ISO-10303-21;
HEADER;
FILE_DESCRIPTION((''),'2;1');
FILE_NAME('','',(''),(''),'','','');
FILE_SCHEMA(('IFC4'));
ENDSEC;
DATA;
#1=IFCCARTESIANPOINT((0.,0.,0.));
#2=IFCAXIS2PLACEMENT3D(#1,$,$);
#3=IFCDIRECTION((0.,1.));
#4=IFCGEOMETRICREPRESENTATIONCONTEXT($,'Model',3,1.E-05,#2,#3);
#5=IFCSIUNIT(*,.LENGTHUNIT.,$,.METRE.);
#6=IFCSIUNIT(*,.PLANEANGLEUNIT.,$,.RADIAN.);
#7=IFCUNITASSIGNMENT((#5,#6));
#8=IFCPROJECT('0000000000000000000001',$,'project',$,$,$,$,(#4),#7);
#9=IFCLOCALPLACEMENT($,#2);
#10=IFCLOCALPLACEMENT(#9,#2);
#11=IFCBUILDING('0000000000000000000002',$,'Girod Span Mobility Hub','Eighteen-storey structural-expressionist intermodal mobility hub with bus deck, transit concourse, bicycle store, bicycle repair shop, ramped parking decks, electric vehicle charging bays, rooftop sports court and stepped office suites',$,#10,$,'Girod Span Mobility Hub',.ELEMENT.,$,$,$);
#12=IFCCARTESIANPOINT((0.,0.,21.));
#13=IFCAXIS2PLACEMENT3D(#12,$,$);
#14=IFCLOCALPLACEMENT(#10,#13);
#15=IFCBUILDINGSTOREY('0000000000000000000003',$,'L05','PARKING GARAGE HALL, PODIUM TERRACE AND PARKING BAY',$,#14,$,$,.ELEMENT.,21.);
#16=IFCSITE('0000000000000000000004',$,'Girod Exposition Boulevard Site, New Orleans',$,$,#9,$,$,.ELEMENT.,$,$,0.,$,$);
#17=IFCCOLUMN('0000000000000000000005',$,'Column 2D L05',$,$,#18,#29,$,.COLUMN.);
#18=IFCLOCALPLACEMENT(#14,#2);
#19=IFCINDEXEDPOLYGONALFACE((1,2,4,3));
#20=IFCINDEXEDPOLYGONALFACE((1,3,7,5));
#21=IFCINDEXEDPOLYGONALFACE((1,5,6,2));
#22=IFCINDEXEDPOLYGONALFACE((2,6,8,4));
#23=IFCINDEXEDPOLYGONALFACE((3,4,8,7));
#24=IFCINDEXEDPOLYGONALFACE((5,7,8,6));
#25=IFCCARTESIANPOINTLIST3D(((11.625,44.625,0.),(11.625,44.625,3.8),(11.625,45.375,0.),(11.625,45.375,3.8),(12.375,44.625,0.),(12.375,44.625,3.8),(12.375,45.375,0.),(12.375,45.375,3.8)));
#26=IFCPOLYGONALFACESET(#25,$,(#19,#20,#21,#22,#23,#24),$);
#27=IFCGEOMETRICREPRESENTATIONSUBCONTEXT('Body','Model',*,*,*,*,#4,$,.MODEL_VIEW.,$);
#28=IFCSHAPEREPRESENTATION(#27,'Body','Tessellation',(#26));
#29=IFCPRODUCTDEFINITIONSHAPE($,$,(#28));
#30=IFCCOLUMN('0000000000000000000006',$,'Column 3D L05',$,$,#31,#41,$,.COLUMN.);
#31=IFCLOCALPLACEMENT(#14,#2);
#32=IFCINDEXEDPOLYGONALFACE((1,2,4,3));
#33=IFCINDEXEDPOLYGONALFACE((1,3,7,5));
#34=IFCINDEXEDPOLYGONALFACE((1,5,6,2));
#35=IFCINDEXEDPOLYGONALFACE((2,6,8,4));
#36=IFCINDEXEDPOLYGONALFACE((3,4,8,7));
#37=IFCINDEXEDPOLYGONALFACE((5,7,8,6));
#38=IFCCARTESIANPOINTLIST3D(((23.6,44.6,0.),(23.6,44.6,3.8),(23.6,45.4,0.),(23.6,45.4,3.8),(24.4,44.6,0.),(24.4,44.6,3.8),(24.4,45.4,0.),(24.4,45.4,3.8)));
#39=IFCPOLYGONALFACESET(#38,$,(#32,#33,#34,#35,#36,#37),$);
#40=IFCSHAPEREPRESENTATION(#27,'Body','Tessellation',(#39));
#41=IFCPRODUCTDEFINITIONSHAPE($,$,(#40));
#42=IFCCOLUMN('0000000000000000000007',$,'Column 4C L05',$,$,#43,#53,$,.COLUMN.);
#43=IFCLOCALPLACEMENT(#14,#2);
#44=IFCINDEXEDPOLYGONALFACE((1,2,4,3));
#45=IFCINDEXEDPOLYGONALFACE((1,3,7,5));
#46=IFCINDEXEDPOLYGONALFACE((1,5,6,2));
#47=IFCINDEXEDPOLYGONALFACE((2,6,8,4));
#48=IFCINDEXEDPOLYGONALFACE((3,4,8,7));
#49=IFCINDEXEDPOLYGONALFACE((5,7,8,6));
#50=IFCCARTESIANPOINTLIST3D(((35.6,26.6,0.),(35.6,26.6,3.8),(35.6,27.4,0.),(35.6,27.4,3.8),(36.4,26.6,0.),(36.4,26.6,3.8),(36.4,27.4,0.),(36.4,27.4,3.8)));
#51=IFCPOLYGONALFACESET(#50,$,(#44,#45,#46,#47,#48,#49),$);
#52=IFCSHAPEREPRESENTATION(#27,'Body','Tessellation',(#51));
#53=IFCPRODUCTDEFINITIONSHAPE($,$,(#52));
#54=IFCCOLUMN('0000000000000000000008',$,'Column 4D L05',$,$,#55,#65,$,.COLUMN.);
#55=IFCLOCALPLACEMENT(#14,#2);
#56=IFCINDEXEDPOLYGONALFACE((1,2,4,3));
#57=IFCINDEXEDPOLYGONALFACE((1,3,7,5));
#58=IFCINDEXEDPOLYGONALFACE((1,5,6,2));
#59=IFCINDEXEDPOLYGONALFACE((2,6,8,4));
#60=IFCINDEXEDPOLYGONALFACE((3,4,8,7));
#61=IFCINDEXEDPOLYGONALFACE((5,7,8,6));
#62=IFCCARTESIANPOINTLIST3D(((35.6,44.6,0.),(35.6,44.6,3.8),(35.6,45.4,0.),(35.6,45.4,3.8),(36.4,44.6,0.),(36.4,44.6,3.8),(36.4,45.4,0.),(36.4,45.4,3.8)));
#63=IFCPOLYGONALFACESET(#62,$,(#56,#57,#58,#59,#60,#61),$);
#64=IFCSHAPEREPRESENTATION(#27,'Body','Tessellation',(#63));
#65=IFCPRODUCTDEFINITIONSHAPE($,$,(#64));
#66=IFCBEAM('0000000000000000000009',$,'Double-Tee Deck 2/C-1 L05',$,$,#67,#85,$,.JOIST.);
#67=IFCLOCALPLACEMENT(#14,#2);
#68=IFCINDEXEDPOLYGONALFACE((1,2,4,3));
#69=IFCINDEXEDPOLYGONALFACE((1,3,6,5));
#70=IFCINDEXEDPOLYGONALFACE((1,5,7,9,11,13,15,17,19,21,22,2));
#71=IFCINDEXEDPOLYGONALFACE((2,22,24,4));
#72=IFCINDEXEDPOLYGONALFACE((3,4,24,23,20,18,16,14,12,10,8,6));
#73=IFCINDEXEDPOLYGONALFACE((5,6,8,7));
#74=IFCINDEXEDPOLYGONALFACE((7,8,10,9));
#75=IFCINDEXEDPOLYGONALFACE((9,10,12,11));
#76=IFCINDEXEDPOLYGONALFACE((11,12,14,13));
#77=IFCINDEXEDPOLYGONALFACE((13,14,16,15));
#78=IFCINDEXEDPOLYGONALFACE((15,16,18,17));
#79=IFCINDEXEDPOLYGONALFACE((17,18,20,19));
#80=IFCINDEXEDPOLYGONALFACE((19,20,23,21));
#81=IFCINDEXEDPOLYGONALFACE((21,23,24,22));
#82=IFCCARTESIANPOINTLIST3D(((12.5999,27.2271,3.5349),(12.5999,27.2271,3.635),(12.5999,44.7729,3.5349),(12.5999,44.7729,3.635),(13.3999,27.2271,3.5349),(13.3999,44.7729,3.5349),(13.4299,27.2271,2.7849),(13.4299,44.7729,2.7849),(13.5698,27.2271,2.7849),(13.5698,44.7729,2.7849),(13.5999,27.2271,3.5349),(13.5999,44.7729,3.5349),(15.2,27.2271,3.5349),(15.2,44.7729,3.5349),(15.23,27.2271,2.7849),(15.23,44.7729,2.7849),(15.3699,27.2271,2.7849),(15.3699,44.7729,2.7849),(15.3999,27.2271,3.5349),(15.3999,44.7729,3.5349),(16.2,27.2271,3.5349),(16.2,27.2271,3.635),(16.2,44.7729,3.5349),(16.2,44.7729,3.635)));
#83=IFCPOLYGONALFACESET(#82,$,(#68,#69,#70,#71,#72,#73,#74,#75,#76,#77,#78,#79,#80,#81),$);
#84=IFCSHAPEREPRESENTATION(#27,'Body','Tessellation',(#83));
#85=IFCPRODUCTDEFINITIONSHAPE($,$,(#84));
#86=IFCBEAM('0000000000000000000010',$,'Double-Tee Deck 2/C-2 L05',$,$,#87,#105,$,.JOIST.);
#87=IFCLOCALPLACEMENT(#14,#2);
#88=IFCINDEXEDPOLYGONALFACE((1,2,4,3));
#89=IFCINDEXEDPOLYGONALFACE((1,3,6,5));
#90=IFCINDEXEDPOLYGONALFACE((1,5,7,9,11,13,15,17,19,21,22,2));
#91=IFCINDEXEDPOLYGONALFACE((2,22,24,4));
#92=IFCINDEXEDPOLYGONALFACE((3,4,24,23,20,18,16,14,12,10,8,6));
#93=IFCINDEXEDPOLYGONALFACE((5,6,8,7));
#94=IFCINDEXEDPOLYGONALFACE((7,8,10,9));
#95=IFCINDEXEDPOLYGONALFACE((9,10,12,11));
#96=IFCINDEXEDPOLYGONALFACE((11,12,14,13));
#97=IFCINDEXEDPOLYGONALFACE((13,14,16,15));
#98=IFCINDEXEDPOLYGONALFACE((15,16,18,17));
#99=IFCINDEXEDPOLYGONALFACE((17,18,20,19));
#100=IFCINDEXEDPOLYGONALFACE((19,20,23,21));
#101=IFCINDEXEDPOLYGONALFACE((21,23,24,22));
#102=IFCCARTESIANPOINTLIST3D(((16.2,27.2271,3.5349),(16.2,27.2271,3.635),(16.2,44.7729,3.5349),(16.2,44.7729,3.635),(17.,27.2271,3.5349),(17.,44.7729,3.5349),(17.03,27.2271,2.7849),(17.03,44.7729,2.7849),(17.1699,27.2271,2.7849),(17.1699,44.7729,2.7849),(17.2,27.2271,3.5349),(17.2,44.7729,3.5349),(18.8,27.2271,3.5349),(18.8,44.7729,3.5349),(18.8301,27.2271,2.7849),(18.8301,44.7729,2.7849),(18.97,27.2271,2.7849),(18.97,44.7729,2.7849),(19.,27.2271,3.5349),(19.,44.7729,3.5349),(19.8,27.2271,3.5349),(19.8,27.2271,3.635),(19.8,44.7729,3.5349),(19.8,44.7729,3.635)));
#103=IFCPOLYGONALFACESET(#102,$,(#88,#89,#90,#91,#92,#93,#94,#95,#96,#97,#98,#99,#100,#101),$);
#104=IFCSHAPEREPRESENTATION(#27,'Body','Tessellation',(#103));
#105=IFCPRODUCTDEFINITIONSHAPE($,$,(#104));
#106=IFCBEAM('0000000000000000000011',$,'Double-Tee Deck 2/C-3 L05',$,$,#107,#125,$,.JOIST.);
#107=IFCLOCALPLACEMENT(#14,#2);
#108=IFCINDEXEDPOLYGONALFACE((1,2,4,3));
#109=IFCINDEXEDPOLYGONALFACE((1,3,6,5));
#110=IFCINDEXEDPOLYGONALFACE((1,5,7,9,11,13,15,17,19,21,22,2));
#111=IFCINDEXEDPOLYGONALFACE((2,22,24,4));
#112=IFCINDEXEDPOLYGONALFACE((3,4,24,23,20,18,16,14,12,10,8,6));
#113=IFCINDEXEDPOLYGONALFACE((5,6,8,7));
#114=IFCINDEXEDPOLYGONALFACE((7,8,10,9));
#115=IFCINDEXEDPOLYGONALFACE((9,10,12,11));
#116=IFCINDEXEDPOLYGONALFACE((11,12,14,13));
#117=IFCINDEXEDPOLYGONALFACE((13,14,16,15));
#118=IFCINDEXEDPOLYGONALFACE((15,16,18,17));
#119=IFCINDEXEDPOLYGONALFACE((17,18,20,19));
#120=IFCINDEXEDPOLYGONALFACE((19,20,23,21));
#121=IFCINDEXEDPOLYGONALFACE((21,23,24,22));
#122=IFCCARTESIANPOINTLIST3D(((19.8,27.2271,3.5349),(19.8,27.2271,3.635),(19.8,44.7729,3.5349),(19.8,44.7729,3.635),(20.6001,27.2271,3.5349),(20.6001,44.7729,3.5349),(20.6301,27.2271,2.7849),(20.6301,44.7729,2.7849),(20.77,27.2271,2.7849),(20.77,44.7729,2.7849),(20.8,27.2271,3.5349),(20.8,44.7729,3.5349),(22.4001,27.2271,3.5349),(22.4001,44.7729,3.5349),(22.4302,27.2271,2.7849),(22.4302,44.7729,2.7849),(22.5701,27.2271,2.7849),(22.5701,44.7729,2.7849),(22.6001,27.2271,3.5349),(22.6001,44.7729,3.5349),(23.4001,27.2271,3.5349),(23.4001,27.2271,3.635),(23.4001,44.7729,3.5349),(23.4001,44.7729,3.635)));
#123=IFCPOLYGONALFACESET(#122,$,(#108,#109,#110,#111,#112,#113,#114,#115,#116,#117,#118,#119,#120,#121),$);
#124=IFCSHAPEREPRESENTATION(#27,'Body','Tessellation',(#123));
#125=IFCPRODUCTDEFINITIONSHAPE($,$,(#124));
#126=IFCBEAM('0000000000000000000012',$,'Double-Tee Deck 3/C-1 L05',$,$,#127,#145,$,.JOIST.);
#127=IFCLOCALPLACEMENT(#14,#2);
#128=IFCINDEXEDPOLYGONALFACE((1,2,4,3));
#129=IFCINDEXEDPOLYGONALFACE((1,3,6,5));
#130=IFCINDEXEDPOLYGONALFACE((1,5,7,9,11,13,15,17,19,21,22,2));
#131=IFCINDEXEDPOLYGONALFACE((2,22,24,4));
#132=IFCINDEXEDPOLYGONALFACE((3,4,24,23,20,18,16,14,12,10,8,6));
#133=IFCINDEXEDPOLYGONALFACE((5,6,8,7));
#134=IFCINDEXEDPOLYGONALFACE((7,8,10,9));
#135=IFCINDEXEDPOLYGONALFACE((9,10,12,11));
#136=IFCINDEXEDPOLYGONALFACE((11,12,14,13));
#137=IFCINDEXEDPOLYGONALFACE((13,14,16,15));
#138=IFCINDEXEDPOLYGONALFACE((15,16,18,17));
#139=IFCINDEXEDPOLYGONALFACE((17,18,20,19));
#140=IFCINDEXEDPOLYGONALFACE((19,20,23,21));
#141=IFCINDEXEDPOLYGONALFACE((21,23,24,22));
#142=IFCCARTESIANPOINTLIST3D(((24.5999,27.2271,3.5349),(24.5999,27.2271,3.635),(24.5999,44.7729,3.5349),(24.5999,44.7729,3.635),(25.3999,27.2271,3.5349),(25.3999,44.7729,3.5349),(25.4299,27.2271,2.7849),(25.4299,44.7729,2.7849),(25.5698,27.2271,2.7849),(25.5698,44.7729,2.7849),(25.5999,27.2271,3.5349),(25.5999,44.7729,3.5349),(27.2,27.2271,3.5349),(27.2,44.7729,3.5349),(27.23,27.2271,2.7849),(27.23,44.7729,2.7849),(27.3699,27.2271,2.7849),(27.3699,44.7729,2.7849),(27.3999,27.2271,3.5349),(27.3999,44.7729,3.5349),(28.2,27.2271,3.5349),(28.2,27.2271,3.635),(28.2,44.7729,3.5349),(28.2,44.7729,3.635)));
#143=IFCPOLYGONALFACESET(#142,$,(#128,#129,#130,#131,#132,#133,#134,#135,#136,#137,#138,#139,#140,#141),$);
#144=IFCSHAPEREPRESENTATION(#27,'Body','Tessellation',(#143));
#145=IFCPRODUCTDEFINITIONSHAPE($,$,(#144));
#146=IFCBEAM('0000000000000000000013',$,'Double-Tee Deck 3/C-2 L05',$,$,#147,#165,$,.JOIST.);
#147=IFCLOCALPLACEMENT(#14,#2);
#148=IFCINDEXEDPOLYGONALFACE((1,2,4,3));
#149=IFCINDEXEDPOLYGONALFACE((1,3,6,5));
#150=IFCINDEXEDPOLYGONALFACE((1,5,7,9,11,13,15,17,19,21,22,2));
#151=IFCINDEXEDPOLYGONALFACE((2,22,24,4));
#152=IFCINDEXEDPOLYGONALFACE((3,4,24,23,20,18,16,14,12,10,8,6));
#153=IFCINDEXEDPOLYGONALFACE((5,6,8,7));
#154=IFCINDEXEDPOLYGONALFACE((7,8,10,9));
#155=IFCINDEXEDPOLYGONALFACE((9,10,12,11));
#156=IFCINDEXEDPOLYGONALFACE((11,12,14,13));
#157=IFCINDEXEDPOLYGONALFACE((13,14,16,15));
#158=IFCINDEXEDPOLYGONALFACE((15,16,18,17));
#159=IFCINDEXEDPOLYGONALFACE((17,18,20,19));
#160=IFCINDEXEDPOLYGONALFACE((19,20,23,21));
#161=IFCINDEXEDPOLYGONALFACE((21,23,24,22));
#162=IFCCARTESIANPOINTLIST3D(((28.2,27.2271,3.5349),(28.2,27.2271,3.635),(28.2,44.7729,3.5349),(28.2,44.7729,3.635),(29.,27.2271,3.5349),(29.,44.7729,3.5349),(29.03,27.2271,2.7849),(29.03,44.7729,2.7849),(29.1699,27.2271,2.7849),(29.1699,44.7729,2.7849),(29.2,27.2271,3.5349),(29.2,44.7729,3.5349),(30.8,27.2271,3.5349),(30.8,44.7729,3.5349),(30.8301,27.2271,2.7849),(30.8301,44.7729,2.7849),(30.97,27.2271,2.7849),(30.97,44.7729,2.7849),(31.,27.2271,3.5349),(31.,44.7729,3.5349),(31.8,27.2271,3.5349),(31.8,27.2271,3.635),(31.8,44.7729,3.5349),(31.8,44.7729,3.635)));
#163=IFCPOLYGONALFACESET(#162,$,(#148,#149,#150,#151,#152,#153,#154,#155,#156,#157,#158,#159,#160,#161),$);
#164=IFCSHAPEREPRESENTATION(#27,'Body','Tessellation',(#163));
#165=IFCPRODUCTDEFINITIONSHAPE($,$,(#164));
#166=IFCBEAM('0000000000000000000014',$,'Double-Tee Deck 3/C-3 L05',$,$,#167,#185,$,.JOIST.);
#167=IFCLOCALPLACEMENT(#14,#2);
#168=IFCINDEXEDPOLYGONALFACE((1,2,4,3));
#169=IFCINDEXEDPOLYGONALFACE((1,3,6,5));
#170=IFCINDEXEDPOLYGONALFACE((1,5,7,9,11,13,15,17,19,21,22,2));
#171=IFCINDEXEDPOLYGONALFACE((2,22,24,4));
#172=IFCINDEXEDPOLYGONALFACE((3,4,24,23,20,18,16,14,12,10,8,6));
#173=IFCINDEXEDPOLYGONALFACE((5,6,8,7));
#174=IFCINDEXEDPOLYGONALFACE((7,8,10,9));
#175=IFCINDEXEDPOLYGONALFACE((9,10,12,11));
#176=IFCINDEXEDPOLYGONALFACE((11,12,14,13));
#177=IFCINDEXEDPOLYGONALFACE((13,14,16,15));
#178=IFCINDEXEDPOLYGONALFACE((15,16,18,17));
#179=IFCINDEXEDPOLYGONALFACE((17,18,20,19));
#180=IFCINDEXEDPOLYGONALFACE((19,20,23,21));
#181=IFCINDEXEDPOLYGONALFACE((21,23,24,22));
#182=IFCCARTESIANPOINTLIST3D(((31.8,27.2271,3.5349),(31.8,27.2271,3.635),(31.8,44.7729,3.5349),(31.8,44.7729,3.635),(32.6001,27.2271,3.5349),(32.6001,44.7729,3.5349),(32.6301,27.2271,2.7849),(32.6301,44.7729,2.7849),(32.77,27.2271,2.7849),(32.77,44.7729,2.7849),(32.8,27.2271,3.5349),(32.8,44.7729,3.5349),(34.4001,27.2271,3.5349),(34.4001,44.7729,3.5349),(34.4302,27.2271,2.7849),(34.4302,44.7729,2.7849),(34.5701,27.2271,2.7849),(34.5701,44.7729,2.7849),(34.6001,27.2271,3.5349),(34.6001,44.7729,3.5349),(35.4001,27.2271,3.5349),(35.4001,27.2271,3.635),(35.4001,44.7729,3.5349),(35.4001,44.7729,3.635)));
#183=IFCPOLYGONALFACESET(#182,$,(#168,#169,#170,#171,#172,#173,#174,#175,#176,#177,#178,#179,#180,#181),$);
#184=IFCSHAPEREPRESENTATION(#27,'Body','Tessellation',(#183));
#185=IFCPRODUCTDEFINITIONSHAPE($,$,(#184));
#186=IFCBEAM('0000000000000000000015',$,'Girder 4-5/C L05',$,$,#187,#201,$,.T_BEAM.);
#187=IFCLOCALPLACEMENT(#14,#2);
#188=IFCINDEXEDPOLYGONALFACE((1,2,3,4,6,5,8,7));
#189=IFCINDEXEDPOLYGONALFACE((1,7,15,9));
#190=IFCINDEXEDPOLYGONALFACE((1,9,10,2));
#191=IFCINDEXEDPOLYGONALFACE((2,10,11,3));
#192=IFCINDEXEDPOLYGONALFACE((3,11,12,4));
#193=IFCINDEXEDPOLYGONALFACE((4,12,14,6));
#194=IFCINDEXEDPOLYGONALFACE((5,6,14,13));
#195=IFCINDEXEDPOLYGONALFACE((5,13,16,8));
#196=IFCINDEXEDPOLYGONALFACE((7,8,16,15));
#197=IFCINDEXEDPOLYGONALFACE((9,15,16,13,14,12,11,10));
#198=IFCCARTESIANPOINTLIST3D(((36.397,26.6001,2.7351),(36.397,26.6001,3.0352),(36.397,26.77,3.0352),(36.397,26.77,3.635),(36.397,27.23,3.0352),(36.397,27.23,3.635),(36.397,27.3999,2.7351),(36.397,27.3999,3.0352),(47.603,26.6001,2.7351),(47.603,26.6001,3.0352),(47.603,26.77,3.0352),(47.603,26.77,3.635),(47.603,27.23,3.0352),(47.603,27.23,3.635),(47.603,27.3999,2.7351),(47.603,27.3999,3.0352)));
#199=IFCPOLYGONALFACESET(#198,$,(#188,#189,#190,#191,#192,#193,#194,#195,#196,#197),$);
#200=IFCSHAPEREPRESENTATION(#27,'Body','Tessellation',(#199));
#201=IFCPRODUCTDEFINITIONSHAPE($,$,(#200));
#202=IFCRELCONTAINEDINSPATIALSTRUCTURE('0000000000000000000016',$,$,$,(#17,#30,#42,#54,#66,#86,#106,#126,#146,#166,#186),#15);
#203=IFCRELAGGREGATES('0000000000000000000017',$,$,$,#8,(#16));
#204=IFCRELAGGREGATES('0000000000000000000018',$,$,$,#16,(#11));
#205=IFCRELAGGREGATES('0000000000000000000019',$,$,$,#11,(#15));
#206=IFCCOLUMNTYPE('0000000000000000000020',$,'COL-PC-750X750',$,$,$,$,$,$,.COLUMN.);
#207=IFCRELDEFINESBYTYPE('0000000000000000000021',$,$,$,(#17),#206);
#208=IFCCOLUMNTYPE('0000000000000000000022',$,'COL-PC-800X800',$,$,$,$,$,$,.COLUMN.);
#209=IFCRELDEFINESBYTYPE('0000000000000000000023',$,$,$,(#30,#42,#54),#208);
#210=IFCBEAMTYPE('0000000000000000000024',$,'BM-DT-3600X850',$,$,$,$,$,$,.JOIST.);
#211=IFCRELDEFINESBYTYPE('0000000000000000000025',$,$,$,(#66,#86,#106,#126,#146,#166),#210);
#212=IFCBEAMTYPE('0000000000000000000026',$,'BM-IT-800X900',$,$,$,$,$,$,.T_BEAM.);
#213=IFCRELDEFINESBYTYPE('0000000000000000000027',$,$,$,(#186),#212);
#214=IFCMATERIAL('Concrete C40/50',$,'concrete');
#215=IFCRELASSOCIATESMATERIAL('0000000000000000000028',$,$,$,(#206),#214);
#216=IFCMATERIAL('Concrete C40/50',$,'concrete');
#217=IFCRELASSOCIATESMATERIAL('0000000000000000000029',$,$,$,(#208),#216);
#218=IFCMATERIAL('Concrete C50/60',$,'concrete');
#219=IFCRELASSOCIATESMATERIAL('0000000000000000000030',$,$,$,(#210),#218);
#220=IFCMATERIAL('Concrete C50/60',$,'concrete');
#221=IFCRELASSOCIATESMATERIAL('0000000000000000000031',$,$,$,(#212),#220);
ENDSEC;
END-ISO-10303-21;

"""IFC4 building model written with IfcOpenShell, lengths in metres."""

from ifc_helpers import new_model, si_unit, direction, frame, origin, origin_2d, place, context, subcontext, project, spatial, polyline, rectangle, outline, extrude, material, material_profile, profile_set, type_object, element, save


model = new_model("IFC4")

# Units and contexts
model_context = context("Model", 3, precision=1e-05, world=origin(), true_north=direction((0.0, 1.0)))
body_context = subcontext(model_context, "Body", "Model", "MODEL_VIEW")
ifc_project = project(units=[si_unit("LENGTHUNIT", "METRE"), si_unit("PLANEANGLEUNIT", "RADIAN")], contexts=[model_context])

# Site, building, storey
site_placement = place(None, origin())
site = spatial("IfcSite", under=ifc_project, at=site_placement, Name="Girod Exposition Boulevard Site, New Orleans", CompositionType="ELEMENT", RefElevation=0.0)
building_placement = place(site_placement, origin())
building = spatial("IfcBuilding", under=site, at=building_placement, Name="Girod Span Mobility Hub", Description="Eighteen-storey structural-expressionist intermodal mobility hub with bus deck, transit concourse, bicycle store, bicycle repair shop, ramped parking decks, electric vehicle charging bays, rooftop sports court and stepped office suites", LongName="Girod Span Mobility Hub", CompositionType="ELEMENT")
storey_placement = place(building_placement, frame((0.0, 0.0, 21.0)))
storey = spatial("IfcBuildingStorey", under=building, at=storey_placement, Name="L05", Description="PARKING GARAGE HALL, PODIUM TERRACE AND PARKING BAY", CompositionType="ELEMENT", Elevation=21.0)

# Columns
ifc_material_1 = material(Name="Concrete C40/50", Category="concrete")
ifc_material_profile_1 = material_profile(ifc_material_1, rectangle(XDim=0.75, YDim=0.75, at=origin_2d()), Name="PC-COL-750X750")
ifc_profile_set_1 = profile_set([ifc_material_profile_1], Name="Concrete C40/50")
column_type_1 = type_object("IfcColumnType", Name="COL-PC-750X750", PredefinedType="COLUMN", material=ifc_profile_set_1)
column_placement = place(storey_placement, frame((12.0, 45.0, 0.0), z_axis=(0.0, 0.0, 1.0), x_axis=(1.0, 0.0, 0.0)))
element("IfcColumn", 1, at=column_placement, inside=storey, type_object=column_type_1, Name="Column 2D L05", PredefinedType="COLUMN", context=body_context, shape_type="SweptSolid", body=[
    extrude(rectangle(XDim=0.75, YDim=0.75, at=origin_2d()), origin(), (0.0, 0.0, 1.0), 3.8),
])
ifc_material_2 = material(Name="Concrete C40/50", Category="concrete")
ifc_material_profile_2 = material_profile(ifc_material_2, rectangle(XDim=0.8, YDim=0.8, at=origin_2d()), Name="PC-COL-800X800")
ifc_profile_set_2 = profile_set([ifc_material_profile_2], Name="Concrete C40/50")
column_type_2 = type_object("IfcColumnType", Name="COL-PC-800X800", PredefinedType="COLUMN", material=ifc_profile_set_2)
for number, where, z_axis, x_axis, name in (
    (2, (24.0, 45.0, 0.0), (0.0, 0.0, 1.0), (1.0, 0.0, 0.0), "Column 3D L05"),
    (3, (36.0, 27.0, 0.0), (0.0, 0.0, 1.0), (1.0, 0.0, 0.0), "Column 4C L05"),
    (4, (36.0, 45.0, 0.0), (0.0, 0.0, 1.0), (1.0, 0.0, 0.0), "Column 4D L05"),
):
    element("IfcColumn", number, at=place(storey_placement, frame(where, z_axis=z_axis, x_axis=x_axis)), inside=storey, type_object=column_type_2, Name=name, PredefinedType="COLUMN", context=body_context, shape_type="SweptSolid", body=[
        extrude(rectangle(XDim=0.8, YDim=0.8, at=origin_2d()), origin(), (0.0, 0.0, 1.0), 3.8),
    ])

# Beams
ifc_material_3 = material(Name="Concrete C50/60", Category="concrete")
ifc_material_profile_3 = material_profile(ifc_material_3, outline(polyline([(-1.8, 0.425), (-1.8, 0.325), (-1.0, 0.325), (-0.97, -0.425), (-0.8301, -0.425), (-0.8, 0.325), (0.8, 0.325), (0.8301, -0.425), (0.97, -0.425), (1.0, 0.325), (1.8, 0.325), (1.8, 0.425), (-1.8, 0.425)])), Name="DT-3600X850")
ifc_profile_set_3 = profile_set([ifc_material_profile_3], Name="Concrete C50/60")
beam_type_1 = type_object("IfcBeamType", Name="BM-DT-3600X850", PredefinedType="JOIST", material=ifc_profile_set_3)
for number, where, z_axis, x_axis, name in (
    (5, (14.3999, 27.2271, 3.21), (0.0, 1.0, 0.0), (-1.0, 0.0, 0.0), "Double-Tee Deck 2/C-1 L05"),
    (6, (18.0, 27.2271, 3.21), (0.0, 1.0, 0.0), (-1.0, 0.0, 0.0), "Double-Tee Deck 2/C-2 L05"),
    (7, (21.6001, 27.2271, 3.21), (0.0, 1.0, 0.0), (-1.0, 0.0, 0.0), "Double-Tee Deck 2/C-3 L05"),
    (8, (26.3999, 27.2271, 3.21), (0.0, 1.0, 0.0), (-1.0, 0.0, 0.0), "Double-Tee Deck 3/C-1 L05"),
    (9, (30.0, 27.2271, 3.21), (0.0, 1.0, 0.0), (-1.0, 0.0, 0.0), "Double-Tee Deck 3/C-2 L05"),
    (10, (33.6001, 27.2271, 3.21), (0.0, 1.0, 0.0), (-1.0, 0.0, 0.0), "Double-Tee Deck 3/C-3 L05"),
):
    element("IfcBeam", number, at=place(storey_placement, frame(where, z_axis=z_axis, x_axis=x_axis)), inside=storey, type_object=beam_type_1, Name=name, PredefinedType="JOIST", context=body_context, shape_type="SweptSolid", body=[
        extrude(outline(polyline([(-1.8, 0.425), (-1.8, 0.325), (-1.0, 0.325), (-0.97, -0.425), (-0.8301, -0.425), (-0.8, 0.325), (0.8, 0.325), (0.8301, -0.425), (0.97, -0.425), (1.0, 0.325), (1.8, 0.325), (1.8, 0.425), (-1.8, 0.425)])), origin(), (0.0, 0.0, 1.0), 17.5459),
    ])
ifc_material_4 = material(Name="Concrete C50/60", Category="concrete")
ifc_material_profile_4 = material_profile(ifc_material_4, outline(polyline([(-0.3999, -0.45), (0.3999, -0.45), (0.3999, -0.1499), (0.23, -0.1499), (0.23, 0.45), (-0.23, 0.45), (-0.23, -0.1499), (-0.3999, -0.1499), (-0.3999, -0.45)])), Name="IT-800X900")
ifc_profile_set_4 = profile_set([ifc_material_profile_4], Name="Concrete C50/60")
beam_type_2 = type_object("IfcBeamType", Name="BM-IT-800X900", PredefinedType="T_BEAM", material=ifc_profile_set_4)
beam_1_placement = place(storey_placement, frame((36.397, 27.0, 3.1851), z_axis=(1.0, 0.0, 0.0), x_axis=(0.0, 1.0, 0.0)))
element("IfcBeam", 11, at=beam_1_placement, inside=storey, type_object=beam_type_2, Name="Girder 4-5/C L05", PredefinedType="T_BEAM", context=body_context, shape_type="SweptSolid", body=[
    extrude(outline(polyline([(-0.3999, -0.45), (0.3999, -0.45), (0.3999, -0.1499), (0.23, -0.1499), (0.23, 0.45), (-0.23, 0.45), (-0.23, -0.1499), (-0.3999, -0.1499), (-0.3999, -0.45)])), origin(), (0.0, 0.0, 1.0), 11.2061),
])

save(model, "model.ifc")
